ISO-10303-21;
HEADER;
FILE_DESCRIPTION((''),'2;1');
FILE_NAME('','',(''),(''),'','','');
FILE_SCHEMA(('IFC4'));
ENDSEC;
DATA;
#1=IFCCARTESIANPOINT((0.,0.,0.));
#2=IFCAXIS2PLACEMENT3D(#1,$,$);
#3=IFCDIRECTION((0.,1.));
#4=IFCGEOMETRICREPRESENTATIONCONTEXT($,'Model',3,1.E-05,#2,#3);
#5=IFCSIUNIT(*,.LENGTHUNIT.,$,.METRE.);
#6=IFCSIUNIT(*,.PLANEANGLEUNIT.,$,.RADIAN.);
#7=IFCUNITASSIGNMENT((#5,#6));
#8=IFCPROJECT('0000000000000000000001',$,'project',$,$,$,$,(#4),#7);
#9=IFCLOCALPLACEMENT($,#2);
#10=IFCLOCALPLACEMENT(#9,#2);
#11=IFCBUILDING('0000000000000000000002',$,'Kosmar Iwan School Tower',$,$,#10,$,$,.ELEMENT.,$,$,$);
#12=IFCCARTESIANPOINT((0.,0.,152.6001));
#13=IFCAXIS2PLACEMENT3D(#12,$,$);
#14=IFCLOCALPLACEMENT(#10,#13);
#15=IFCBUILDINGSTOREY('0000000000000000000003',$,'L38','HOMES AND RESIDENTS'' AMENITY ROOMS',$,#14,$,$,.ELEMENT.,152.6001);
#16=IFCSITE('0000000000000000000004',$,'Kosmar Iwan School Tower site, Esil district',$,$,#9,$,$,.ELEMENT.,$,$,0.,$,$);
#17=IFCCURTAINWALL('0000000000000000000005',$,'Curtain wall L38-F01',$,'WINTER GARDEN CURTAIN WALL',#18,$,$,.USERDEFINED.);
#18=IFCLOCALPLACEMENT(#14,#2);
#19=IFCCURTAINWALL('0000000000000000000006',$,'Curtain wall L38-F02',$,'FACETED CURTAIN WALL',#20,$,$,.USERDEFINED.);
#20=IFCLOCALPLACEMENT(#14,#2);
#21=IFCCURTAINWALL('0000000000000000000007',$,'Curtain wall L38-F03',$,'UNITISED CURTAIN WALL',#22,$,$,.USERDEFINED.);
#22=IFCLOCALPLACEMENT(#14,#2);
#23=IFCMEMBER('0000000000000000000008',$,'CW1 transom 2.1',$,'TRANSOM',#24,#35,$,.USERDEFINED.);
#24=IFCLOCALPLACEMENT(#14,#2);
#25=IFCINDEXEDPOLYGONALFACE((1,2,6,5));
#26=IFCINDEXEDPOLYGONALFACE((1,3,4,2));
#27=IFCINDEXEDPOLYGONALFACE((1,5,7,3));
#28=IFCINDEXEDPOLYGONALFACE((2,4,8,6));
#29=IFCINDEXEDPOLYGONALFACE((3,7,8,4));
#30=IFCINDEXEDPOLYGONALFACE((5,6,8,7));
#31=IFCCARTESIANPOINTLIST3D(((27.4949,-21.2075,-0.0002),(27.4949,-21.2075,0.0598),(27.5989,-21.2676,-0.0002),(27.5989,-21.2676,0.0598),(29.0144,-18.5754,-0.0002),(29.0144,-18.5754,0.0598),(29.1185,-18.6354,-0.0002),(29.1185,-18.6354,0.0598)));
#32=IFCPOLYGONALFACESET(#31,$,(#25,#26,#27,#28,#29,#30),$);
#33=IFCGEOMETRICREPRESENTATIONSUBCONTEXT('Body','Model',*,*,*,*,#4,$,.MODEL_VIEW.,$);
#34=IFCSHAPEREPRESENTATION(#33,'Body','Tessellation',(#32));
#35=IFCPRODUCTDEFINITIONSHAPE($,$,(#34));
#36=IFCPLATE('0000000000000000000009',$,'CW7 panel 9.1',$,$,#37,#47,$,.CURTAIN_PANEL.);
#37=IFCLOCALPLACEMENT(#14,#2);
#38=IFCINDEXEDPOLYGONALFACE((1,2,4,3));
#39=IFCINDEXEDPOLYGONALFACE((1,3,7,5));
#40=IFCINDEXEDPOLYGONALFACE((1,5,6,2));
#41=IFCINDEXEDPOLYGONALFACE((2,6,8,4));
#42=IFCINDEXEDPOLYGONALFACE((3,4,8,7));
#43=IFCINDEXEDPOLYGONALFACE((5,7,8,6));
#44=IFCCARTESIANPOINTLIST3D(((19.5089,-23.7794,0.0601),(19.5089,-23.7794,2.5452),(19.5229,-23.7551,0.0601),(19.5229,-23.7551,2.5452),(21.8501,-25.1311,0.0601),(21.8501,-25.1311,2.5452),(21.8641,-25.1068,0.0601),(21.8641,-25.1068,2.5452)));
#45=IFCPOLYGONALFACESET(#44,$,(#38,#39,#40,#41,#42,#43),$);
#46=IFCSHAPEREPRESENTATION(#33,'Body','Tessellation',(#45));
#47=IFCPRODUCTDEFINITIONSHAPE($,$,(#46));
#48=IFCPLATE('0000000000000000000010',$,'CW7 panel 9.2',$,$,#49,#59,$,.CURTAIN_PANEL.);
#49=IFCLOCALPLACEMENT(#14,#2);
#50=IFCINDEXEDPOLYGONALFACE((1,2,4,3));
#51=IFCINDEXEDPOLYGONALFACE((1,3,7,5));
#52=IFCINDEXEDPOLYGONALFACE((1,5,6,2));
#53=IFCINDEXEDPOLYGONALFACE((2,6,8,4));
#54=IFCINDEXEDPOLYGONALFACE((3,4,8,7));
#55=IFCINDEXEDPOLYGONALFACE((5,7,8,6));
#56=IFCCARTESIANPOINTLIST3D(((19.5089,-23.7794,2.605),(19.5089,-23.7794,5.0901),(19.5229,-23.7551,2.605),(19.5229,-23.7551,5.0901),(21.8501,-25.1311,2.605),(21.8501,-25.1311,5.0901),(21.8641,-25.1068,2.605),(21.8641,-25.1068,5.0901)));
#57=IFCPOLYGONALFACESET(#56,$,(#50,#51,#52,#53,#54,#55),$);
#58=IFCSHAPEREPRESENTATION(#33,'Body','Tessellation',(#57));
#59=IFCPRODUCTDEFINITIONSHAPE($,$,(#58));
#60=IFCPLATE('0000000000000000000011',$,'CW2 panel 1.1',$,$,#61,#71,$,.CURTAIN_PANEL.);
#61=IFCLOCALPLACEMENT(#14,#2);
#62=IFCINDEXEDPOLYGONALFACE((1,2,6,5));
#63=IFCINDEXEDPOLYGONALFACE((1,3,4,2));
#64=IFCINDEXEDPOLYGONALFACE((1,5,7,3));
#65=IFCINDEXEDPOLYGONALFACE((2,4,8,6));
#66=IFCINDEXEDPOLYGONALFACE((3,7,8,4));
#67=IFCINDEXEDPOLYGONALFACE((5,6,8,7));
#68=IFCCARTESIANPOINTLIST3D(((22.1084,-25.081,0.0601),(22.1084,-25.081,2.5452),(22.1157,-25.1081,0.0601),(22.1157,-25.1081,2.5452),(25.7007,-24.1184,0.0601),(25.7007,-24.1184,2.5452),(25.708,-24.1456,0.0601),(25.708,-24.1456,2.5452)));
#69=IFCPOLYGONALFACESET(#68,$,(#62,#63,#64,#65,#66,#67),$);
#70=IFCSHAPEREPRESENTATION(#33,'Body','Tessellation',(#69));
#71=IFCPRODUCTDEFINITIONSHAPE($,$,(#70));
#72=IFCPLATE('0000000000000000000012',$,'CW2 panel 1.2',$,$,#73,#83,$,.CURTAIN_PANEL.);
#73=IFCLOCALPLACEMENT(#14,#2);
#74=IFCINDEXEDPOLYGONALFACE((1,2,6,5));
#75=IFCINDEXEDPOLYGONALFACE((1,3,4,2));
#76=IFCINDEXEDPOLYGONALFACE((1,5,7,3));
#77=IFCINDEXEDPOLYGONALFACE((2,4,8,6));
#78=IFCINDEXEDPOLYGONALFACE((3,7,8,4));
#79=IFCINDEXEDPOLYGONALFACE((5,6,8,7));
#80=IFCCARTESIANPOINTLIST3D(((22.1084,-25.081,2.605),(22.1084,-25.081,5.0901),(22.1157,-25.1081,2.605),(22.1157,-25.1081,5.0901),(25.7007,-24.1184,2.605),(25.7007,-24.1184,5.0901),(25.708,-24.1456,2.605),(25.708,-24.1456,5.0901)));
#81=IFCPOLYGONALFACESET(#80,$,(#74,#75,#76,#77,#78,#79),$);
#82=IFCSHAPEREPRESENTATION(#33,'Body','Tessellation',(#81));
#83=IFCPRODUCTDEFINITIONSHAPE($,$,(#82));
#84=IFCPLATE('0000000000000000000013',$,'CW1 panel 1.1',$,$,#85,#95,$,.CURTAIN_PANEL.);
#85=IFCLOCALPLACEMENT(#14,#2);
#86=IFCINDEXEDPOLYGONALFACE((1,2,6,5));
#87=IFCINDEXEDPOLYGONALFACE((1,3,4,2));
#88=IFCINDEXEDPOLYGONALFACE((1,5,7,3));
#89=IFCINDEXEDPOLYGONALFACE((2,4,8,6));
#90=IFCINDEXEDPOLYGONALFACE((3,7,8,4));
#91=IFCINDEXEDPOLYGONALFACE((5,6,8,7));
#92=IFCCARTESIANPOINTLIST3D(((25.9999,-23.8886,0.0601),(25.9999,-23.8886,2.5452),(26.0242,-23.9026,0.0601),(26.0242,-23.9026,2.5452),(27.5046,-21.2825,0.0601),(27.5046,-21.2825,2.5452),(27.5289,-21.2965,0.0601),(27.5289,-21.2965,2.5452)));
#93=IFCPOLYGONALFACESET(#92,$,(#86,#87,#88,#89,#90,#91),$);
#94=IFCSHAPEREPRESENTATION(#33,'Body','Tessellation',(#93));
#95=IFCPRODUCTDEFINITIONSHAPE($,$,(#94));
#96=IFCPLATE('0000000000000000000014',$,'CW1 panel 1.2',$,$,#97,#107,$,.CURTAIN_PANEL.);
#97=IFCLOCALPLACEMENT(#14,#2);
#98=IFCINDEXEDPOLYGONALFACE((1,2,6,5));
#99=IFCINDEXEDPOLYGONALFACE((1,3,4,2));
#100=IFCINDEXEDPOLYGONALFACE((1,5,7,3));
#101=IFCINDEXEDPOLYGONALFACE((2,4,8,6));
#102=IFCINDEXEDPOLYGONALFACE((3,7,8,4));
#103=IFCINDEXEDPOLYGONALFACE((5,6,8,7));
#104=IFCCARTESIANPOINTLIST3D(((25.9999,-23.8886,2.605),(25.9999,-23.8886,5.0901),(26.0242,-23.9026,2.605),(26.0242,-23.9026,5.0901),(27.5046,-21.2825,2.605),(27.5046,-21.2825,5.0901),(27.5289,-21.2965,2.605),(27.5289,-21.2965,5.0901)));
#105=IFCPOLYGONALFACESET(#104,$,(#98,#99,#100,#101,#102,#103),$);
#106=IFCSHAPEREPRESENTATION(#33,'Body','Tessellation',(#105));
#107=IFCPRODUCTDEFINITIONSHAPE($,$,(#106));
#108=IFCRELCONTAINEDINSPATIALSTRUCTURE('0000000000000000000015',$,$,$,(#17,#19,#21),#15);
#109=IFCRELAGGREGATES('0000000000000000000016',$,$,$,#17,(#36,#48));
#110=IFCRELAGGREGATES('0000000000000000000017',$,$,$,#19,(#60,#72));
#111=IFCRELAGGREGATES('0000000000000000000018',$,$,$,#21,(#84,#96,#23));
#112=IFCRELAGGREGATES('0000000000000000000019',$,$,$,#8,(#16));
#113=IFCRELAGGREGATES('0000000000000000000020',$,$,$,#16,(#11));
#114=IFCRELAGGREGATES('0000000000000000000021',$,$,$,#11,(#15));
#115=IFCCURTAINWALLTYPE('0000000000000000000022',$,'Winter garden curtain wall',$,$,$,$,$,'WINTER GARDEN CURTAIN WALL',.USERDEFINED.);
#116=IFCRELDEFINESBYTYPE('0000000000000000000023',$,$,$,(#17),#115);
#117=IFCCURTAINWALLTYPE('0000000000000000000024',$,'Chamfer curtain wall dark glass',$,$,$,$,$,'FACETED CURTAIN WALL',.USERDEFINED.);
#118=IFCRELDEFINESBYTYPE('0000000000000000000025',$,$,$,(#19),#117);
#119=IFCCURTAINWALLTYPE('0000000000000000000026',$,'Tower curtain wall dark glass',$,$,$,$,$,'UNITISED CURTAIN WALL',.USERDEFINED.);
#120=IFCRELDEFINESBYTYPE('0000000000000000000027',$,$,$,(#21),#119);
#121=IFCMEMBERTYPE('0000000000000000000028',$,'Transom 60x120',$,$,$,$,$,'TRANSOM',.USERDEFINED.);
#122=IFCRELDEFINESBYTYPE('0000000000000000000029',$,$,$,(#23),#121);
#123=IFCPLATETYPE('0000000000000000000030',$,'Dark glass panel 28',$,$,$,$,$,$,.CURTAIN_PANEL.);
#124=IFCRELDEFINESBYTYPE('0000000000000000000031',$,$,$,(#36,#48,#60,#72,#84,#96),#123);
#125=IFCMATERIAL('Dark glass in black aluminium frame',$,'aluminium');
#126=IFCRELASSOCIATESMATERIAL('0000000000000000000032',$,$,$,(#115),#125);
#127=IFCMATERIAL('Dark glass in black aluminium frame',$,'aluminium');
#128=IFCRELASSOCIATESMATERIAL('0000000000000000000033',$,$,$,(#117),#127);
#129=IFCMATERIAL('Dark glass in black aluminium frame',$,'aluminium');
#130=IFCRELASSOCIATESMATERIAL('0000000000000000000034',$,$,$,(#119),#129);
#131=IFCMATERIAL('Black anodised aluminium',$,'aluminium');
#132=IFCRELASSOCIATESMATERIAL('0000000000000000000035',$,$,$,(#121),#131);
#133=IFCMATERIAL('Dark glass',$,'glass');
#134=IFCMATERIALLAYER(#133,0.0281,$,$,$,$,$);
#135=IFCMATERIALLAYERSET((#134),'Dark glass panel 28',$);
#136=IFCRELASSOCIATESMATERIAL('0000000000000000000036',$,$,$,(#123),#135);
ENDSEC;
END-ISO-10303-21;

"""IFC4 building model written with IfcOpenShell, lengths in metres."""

from ifc_helpers import new_model, si_unit, direction, frame, origin, origin_2d, place, context, subcontext, project, spatial, rectangle, extrude, material, layer, layer_set, material_profile, profile_set, type_object, element, aggregate, save


model = new_model("IFC4")

# Units and contexts
model_context = context("Model", 3, precision=1e-05, world=origin(), true_north=direction((0.0, 1.0)))
body_context = subcontext(model_context, "Body", "Model", "MODEL_VIEW")
ifc_project = project(units=[si_unit("LENGTHUNIT", "METRE"), si_unit("PLANEANGLEUNIT", "RADIAN")], contexts=[model_context])

# Site, building, storey
site_placement = place(None, origin())
site = spatial("IfcSite", under=ifc_project, at=site_placement, Name="Kosmar Iwan School Tower site, Esil district", CompositionType="ELEMENT", RefElevation=0.0)
building_placement = place(site_placement, origin())
building = spatial("IfcBuilding", under=site, at=building_placement, Name="Kosmar Iwan School Tower", CompositionType="ELEMENT")
storey_placement = place(building_placement, frame((0.0, 0.0, 152.6001)))
storey = spatial("IfcBuildingStorey", under=building, at=storey_placement, Name="L38", Description="HOMES AND RESIDENTS' AMENITY ROOMS", CompositionType="ELEMENT", Elevation=152.6001)

# Curtain wall
ifc_material_1 = material(Name="Dark glass in black aluminium frame", Category="aluminium")
curtain_wall_type_1 = type_object("IfcCurtainWallType", Name="Winter garden curtain wall", ElementType="WINTER GARDEN CURTAIN WALL", PredefinedType="USERDEFINED", material=ifc_material_1)
curtain_wall_1_placement = place(storey_placement, origin())
curtain_wall_1 = element("IfcCurtainWall", 1, at=curtain_wall_1_placement, inside=storey, type_object=curtain_wall_type_1, Name="Curtain wall L38-F01", ObjectType="WINTER GARDEN CURTAIN WALL", PredefinedType="USERDEFINED")

# Curtain walls
ifc_material_2 = material(Name="Dark glass in black aluminium frame", Category="aluminium")
curtain_wall_type_2 = type_object("IfcCurtainWallType", Name="Chamfer curtain wall dark glass", ElementType="FACETED CURTAIN WALL", PredefinedType="USERDEFINED", material=ifc_material_2)
curtain_wall_2_placement = place(storey_placement, origin())
curtain_wall_2 = element("IfcCurtainWall", 2, at=curtain_wall_2_placement, inside=storey, type_object=curtain_wall_type_2, Name="Curtain wall L38-F02", ObjectType="FACETED CURTAIN WALL", PredefinedType="USERDEFINED")
ifc_material_3 = material(Name="Dark glass in black aluminium frame", Category="aluminium")
curtain_wall_type_3 = type_object("IfcCurtainWallType", Name="Tower curtain wall dark glass", ElementType="UNITISED CURTAIN WALL", PredefinedType="USERDEFINED", material=ifc_material_3)
curtain_wall_3_placement = place(storey_placement, origin())
curtain_wall_3 = element("IfcCurtainWall", 3, at=curtain_wall_3_placement, inside=storey, type_object=curtain_wall_type_3, Name="Curtain wall L38-F03", ObjectType="UNITISED CURTAIN WALL", PredefinedType="USERDEFINED")

# Member
ifc_material_4 = material(Name="Black anodised aluminium", Category="aluminium")
ifc_material_profile_1 = material_profile(ifc_material_4, rectangle(XDim=0.1201, YDim=0.0601, at=origin_2d()), Name="TRANSOM 60x120")
ifc_profile_set_1 = profile_set([ifc_material_profile_1], Name="Black anodised aluminium")
member_type_1 = type_object("IfcMemberType", Name="Transom 60x120", ElementType="TRANSOM", PredefinedType="USERDEFINED", material=ifc_profile_set_1)
member_1_placement = place(storey_placement, frame((27.5469, -21.2375, 0.0298), z_axis=(0.499975, 0.86604, 0.0), x_axis=(-0.86604, 0.499975, 0.0)))
member_1 = element("IfcMember", 4, at=member_1_placement, type_object=member_type_1, Name="CW1 transom 2.1", ObjectType="TRANSOM", PredefinedType="USERDEFINED", context=body_context, shape_type="SweptSolid", body=[
    extrude(rectangle(XDim=0.1201, YDim=0.0601, at=origin_2d()), origin(), (0.0, 0.0, 1.0), 3.0393),
])

# Plates
ifc_material_5 = material(Name="Dark glass", Category="glass")
ifc_layer = layer(ifc_material_5, 0.0281)
ifc_layer_set = layer_set([ifc_layer], Name="Dark glass panel 28")
plate_type = type_object("IfcPlateType", Name="Dark glass panel 28", PredefinedType="CURTAIN_PANEL", material=ifc_layer_set)
plate_1_placement = place(storey_placement, frame((20.6865, -24.4431, 0.0601), z_axis=(0.0, 0.0, 1.0), x_axis=(0.866025, -0.5, 0.0)))
plate_1 = element("IfcPlate", 5, at=plate_1_placement, type_object=plate_type, Name="CW7 panel 9.1", PredefinedType="CURTAIN_PANEL", context=body_context, shape_type="SweptSolid", body=[
    extrude(rectangle(XDim=2.7034, YDim=0.0281, at=origin_2d()), origin(), (0.0, 0.0, 1.0), 2.4851),
])
plate_2_placement = place(storey_placement, frame((20.6865, -24.4431, 2.605), z_axis=(0.0, 0.0, 1.0), x_axis=(0.866025, -0.5, 0.0)))
plate_2 = element("IfcPlate", 6, at=plate_2_placement, type_object=plate_type, Name="CW7 panel 9.2", PredefinedType="CURTAIN_PANEL", context=body_context, shape_type="SweptSolid", body=[
    extrude(rectangle(XDim=2.7034, YDim=0.0281, at=origin_2d()), origin(), (0.0, 0.0, 1.0), 2.4851),
])
aggregate(curtain_wall_1, [plate_1, plate_2])
plate_3_placement = place(storey_placement, frame((23.9082, -24.6133, 0.0601), z_axis=(0.0, 0.0, 1.0), x_axis=(0.965926, 0.258819, 0.0)))
plate_3 = element("IfcPlate", 7, at=plate_3_placement, type_object=plate_type, Name="CW2 panel 1.1", PredefinedType="CURTAIN_PANEL", context=body_context, shape_type="SweptSolid", body=[
    extrude(rectangle(XDim=3.719, YDim=0.0281, at=origin_2d()), origin(), (0.0, 0.0, 1.0), 2.4851),
])
plate_4_placement = place(storey_placement, frame((23.9082, -24.6133, 2.605), z_axis=(0.0, 0.0, 1.0), x_axis=(0.965926, 0.258819, 0.0)))
plate_4 = element("IfcPlate", 8, at=plate_4_placement, type_object=plate_type, Name="CW2 panel 1.2", PredefinedType="CURTAIN_PANEL", context=body_context, shape_type="SweptSolid", body=[
    extrude(rectangle(XDim=3.719, YDim=0.0281, at=origin_2d()), origin(), (0.0, 0.0, 1.0), 2.4851),
])
aggregate(curtain_wall_2, [plate_3, plate_4])
plate_5_placement = place(storey_placement, frame((26.7644, -22.5925, 0.0601), z_axis=(0.0, 0.0, 1.0), x_axis=(0.5, 0.866025, 0.0)))
plate_5 = element("IfcPlate", 9, at=plate_5_placement, type_object=plate_type, Name="CW1 panel 1.1", PredefinedType="CURTAIN_PANEL", context=body_context, shape_type="SweptSolid", body=[
    extrude(rectangle(XDim=3.0093, YDim=0.0281, at=origin_2d()), origin(), (0.0, 0.0, 1.0), 2.4851),
])
plate_6_placement = place(storey_placement, frame((26.7644, -22.5925, 2.605), z_axis=(0.0, 0.0, 1.0), x_axis=(0.5, 0.866025, 0.0)))
plate_6 = element("IfcPlate", 10, at=plate_6_placement, type_object=plate_type, Name="CW1 panel 1.2", PredefinedType="CURTAIN_PANEL", context=body_context, shape_type="SweptSolid", body=[
    extrude(rectangle(XDim=3.0093, YDim=0.0281, at=origin_2d()), origin(), (0.0, 0.0, 1.0), 2.4851),
])
aggregate(curtain_wall_3, [plate_5, plate_6, member_1])

save(model, "model.ifc")
